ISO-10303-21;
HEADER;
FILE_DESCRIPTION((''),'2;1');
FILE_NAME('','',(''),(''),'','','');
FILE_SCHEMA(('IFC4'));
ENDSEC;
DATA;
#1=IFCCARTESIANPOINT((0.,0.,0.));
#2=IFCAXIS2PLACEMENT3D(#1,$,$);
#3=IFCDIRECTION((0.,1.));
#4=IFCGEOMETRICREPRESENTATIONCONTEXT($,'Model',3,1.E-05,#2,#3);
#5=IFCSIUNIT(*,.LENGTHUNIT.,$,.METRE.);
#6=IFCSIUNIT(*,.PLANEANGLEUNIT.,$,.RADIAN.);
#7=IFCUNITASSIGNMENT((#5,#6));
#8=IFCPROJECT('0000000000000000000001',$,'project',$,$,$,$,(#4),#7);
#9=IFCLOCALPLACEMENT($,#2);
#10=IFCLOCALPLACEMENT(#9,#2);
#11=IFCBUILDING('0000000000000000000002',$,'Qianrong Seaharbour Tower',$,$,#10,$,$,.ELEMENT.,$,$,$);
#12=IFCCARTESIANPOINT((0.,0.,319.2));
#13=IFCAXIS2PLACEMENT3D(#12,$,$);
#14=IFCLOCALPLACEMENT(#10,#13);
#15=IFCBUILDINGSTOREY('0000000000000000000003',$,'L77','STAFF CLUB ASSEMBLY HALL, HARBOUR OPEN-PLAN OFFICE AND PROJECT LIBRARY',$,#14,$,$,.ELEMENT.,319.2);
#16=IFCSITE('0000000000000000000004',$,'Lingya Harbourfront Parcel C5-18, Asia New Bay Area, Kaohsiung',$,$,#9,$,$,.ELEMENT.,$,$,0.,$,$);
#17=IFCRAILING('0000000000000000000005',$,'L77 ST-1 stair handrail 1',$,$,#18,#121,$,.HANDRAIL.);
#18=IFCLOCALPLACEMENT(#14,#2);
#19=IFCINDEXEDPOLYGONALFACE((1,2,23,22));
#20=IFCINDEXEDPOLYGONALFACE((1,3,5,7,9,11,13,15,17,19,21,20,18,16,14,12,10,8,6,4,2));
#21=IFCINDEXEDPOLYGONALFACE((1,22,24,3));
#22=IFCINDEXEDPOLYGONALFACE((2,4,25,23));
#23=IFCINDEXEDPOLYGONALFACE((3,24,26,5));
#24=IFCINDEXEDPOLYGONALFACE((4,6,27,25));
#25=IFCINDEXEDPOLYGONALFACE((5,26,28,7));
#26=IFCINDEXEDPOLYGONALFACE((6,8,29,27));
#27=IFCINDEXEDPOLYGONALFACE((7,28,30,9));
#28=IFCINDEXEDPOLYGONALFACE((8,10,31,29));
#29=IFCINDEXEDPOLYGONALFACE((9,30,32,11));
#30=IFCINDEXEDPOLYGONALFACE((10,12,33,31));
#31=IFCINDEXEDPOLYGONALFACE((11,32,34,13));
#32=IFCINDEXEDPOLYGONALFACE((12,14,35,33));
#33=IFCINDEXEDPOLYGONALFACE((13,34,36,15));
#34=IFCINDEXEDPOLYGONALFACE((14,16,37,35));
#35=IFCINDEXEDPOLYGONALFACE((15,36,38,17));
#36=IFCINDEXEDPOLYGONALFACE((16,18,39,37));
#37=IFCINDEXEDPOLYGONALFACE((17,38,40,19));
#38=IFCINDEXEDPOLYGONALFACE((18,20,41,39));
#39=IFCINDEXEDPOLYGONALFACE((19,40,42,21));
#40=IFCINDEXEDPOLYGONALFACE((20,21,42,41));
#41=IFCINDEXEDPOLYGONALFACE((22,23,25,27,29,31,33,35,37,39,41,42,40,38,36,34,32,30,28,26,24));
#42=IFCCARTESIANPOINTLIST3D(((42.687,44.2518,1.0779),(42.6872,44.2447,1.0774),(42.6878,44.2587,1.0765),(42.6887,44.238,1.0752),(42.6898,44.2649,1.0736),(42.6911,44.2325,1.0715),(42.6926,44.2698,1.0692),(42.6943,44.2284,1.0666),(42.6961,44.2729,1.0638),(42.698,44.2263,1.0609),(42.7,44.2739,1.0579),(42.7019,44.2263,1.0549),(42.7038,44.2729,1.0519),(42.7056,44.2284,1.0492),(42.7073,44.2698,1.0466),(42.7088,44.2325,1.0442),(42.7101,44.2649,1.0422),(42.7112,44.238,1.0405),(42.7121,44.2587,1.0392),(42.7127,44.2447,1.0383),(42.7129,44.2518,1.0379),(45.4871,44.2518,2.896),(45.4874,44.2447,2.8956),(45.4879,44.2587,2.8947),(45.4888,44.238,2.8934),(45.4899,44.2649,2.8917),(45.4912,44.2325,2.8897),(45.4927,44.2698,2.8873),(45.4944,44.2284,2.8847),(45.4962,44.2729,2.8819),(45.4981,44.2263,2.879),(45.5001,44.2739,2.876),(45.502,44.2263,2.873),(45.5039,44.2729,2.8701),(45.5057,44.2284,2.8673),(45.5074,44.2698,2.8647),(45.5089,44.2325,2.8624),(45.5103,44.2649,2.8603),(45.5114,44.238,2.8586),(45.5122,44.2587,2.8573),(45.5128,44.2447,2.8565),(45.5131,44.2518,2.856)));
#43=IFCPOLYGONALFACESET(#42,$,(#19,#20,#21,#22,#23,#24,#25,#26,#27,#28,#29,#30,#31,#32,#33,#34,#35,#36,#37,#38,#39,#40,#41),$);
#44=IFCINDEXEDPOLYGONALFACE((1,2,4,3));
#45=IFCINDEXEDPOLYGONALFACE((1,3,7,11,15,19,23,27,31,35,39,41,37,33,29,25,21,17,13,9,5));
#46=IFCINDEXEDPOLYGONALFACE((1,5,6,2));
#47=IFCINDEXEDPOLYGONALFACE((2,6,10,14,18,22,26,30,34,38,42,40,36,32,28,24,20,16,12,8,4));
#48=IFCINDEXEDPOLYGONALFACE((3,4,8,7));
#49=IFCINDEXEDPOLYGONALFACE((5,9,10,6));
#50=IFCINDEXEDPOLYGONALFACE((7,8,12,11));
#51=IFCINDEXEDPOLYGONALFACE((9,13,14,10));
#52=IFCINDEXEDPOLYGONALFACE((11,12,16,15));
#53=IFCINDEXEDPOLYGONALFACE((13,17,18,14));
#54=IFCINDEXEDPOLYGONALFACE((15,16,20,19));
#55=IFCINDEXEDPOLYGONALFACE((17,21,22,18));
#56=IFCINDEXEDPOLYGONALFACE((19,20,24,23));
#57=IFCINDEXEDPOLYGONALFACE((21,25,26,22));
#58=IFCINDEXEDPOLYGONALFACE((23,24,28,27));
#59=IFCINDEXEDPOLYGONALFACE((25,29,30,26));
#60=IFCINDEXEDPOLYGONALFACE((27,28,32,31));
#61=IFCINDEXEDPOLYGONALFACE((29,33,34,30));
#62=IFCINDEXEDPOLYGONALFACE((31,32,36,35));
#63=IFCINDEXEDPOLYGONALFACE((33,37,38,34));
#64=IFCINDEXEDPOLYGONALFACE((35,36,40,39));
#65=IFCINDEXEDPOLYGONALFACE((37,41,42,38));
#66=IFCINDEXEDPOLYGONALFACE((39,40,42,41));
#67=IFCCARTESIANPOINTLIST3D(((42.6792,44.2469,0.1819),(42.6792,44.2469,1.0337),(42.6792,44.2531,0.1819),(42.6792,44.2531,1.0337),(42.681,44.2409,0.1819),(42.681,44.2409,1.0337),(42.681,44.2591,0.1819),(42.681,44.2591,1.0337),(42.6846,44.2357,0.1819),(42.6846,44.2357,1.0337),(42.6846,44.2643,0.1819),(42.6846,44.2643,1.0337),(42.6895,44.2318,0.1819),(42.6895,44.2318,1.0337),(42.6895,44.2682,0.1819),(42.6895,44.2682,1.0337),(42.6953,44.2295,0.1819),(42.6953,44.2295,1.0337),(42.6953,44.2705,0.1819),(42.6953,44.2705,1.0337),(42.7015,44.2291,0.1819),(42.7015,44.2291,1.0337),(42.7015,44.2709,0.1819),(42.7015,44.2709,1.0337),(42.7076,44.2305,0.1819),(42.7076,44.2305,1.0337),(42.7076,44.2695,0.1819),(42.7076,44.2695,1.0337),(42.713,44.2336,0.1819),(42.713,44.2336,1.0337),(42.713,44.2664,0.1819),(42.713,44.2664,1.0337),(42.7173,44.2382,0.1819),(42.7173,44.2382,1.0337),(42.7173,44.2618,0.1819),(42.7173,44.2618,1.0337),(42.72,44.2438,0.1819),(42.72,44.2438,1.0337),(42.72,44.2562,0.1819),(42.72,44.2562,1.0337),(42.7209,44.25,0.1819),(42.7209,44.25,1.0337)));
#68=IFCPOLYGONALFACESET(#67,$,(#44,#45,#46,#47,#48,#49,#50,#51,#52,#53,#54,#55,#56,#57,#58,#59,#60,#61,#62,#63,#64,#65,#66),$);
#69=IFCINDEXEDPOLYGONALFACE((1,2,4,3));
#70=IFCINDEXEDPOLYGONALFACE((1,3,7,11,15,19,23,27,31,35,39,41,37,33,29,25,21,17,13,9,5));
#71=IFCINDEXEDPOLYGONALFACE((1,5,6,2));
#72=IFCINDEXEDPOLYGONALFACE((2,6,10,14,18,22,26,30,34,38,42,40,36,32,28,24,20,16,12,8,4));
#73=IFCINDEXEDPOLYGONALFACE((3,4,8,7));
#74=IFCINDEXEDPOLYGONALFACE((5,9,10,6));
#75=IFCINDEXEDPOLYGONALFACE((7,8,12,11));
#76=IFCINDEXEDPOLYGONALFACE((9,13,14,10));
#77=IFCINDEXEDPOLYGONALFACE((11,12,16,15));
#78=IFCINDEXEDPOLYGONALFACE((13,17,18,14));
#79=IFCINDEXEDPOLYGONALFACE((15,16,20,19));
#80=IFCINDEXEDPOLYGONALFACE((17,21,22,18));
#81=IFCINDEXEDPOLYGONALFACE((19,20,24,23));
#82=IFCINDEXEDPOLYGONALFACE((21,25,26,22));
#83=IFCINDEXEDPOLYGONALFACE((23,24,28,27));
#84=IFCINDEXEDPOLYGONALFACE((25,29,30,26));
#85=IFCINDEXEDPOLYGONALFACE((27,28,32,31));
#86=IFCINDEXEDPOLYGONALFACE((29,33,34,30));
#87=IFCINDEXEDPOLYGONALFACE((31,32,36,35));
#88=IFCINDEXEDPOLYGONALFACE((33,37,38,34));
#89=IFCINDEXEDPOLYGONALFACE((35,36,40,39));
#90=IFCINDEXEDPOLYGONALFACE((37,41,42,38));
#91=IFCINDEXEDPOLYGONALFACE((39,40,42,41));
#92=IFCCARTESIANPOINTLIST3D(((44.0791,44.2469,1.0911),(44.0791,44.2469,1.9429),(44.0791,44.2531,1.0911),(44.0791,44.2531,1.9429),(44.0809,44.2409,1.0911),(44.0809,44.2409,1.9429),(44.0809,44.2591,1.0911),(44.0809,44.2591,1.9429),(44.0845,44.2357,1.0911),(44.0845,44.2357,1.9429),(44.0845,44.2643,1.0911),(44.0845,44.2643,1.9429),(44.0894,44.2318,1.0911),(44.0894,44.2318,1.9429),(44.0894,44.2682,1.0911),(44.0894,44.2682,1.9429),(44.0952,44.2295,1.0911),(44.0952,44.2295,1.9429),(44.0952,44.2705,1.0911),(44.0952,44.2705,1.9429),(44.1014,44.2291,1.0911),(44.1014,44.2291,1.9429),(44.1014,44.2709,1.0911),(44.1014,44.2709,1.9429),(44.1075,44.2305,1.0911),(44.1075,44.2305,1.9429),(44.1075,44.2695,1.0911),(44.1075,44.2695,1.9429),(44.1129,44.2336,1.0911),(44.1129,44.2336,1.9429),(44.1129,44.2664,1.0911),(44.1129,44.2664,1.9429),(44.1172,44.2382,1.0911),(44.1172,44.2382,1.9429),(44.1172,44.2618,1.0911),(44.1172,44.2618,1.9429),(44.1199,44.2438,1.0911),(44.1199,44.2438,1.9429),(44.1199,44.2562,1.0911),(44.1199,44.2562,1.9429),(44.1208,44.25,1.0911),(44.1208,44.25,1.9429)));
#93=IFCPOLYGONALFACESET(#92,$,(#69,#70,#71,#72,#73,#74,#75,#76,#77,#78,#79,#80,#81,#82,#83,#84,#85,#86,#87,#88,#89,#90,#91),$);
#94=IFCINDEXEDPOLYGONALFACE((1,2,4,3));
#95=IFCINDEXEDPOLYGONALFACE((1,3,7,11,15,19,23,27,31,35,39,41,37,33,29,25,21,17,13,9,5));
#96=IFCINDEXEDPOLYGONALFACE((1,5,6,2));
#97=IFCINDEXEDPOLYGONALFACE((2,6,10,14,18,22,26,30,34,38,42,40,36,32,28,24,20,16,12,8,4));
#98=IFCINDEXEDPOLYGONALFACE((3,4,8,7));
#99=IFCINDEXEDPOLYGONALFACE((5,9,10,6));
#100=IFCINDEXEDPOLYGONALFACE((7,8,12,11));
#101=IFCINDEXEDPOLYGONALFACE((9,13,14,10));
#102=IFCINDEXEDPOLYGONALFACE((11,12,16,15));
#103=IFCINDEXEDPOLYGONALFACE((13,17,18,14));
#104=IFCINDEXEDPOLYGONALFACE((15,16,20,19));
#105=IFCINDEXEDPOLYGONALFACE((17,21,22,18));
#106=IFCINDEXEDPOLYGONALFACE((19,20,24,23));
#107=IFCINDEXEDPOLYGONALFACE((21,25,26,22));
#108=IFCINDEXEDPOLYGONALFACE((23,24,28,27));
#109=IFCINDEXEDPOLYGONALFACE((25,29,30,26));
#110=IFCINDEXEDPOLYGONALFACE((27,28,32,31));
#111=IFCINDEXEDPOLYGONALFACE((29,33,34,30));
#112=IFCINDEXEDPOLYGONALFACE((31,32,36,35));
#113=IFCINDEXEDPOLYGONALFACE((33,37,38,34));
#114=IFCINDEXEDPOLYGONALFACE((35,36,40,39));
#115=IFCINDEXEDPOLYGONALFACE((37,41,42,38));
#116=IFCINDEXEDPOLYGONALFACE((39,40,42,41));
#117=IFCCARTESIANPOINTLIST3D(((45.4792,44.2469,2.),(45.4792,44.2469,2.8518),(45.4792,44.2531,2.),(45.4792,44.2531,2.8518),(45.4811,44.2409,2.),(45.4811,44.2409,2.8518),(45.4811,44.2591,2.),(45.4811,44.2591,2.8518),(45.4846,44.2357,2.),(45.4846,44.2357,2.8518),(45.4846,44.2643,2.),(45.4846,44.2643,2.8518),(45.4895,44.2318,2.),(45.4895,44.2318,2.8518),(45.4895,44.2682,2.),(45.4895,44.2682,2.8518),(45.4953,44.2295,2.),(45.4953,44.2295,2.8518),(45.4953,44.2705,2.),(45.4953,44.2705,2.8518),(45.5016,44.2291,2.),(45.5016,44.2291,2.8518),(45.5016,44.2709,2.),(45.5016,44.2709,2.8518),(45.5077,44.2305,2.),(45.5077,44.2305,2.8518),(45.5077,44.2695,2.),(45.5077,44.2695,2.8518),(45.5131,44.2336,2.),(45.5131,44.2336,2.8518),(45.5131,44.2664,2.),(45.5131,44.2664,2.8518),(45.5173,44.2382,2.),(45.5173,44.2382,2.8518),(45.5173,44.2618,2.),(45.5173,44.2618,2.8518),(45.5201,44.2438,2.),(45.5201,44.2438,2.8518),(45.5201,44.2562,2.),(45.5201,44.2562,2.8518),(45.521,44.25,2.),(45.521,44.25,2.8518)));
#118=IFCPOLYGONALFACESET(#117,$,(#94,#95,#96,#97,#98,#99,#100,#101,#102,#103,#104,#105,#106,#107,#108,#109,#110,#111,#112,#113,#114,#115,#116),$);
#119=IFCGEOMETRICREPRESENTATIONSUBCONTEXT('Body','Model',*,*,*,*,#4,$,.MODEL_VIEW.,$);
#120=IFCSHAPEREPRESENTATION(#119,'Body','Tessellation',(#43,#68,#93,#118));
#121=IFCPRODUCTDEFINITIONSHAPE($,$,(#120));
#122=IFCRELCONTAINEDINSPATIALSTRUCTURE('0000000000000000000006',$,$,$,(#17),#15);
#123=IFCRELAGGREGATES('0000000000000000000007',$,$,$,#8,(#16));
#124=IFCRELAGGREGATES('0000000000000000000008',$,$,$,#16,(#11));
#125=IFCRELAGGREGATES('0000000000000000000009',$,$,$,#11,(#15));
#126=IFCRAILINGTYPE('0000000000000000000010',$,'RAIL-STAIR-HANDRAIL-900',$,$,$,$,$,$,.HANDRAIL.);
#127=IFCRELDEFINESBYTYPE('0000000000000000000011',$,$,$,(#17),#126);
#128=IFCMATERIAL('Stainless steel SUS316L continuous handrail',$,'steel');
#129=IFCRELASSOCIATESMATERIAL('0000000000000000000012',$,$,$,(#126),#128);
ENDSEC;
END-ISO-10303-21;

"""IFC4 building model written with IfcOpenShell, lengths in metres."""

from ifc_helpers import new_model, si_unit, direction, frame, origin, origin_2d, place, context, subcontext, project, spatial, circle, extrude, material, type_object, element, save


model = new_model("IFC4")

# Units and contexts
model_context = context("Model", 3, precision=1e-05, world=origin(), true_north=direction((0.0, 1.0)))
body_context = subcontext(model_context, "Body", "Model", "MODEL_VIEW")
ifc_project = project(units=[si_unit("LENGTHUNIT", "METRE"), si_unit("PLANEANGLEUNIT", "RADIAN")], contexts=[model_context])

# Site, building, storey
site_placement = place(None, origin())
site = spatial("IfcSite", under=ifc_project, at=site_placement, Name="Lingya Harbourfront Parcel C5-18, Asia New Bay Area, Kaohsiung", CompositionType="ELEMENT", RefElevation=0.0)
building_placement = place(site_placement, origin())
building = spatial("IfcBuilding", under=site, at=building_placement, Name="Qianrong Seaharbour Tower", CompositionType="ELEMENT")
storey_placement = place(building_placement, frame((0.0, 0.0, 319.2)))
storey = spatial("IfcBuildingStorey", under=building, at=storey_placement, Name="L77", Description="STAFF CLUB ASSEMBLY HALL, HARBOUR OPEN-PLAN OFFICE AND PROJECT LIBRARY", CompositionType="ELEMENT", Elevation=319.2)

# Railing
ifc_material_1 = material(Name="Stainless steel SUS316L continuous handrail", Category="steel")
railing_type_1 = type_object("IfcRailingType", Name="RAIL-STAIR-HANDRAIL-900", PredefinedType="HANDRAIL", material=ifc_material_1)
railing_1_placement = place(storey_placement, frame((42.7, 44.25, 0.1819)))
element("IfcRailing", 1, at=railing_1_placement, inside=storey, type_object=railing_type_1, Name="L77 ST-1 stair handrail 1", PredefinedType="HANDRAIL", context=body_context, shape_type="SweptSolid", body=[
    extrude(circle(Radius=0.0239, at=origin_2d()), frame((0.0, 0.0, 0.876), z_axis=(0.838706, 0.0, 0.544585), x_axis=(0.0, 1.0, 0.0)), (0.0, 0.0, 1.0), 3.3386),
    extrude(circle(Radius=0.021, at=origin_2d()), origin(), (0.0, 0.0, 1.0), 0.8518),
    extrude(circle(Radius=0.021, at=origin_2d()), frame((1.3999, 0.0, 0.9092)), (0.0, 0.0, 1.0), 0.8518),
    extrude(circle(Radius=0.021, at=origin_2d()), frame((2.8, 0.0, 1.8181)), (0.0, 0.0, 1.0), 0.8518),
])

save(model, "model.ifc")
